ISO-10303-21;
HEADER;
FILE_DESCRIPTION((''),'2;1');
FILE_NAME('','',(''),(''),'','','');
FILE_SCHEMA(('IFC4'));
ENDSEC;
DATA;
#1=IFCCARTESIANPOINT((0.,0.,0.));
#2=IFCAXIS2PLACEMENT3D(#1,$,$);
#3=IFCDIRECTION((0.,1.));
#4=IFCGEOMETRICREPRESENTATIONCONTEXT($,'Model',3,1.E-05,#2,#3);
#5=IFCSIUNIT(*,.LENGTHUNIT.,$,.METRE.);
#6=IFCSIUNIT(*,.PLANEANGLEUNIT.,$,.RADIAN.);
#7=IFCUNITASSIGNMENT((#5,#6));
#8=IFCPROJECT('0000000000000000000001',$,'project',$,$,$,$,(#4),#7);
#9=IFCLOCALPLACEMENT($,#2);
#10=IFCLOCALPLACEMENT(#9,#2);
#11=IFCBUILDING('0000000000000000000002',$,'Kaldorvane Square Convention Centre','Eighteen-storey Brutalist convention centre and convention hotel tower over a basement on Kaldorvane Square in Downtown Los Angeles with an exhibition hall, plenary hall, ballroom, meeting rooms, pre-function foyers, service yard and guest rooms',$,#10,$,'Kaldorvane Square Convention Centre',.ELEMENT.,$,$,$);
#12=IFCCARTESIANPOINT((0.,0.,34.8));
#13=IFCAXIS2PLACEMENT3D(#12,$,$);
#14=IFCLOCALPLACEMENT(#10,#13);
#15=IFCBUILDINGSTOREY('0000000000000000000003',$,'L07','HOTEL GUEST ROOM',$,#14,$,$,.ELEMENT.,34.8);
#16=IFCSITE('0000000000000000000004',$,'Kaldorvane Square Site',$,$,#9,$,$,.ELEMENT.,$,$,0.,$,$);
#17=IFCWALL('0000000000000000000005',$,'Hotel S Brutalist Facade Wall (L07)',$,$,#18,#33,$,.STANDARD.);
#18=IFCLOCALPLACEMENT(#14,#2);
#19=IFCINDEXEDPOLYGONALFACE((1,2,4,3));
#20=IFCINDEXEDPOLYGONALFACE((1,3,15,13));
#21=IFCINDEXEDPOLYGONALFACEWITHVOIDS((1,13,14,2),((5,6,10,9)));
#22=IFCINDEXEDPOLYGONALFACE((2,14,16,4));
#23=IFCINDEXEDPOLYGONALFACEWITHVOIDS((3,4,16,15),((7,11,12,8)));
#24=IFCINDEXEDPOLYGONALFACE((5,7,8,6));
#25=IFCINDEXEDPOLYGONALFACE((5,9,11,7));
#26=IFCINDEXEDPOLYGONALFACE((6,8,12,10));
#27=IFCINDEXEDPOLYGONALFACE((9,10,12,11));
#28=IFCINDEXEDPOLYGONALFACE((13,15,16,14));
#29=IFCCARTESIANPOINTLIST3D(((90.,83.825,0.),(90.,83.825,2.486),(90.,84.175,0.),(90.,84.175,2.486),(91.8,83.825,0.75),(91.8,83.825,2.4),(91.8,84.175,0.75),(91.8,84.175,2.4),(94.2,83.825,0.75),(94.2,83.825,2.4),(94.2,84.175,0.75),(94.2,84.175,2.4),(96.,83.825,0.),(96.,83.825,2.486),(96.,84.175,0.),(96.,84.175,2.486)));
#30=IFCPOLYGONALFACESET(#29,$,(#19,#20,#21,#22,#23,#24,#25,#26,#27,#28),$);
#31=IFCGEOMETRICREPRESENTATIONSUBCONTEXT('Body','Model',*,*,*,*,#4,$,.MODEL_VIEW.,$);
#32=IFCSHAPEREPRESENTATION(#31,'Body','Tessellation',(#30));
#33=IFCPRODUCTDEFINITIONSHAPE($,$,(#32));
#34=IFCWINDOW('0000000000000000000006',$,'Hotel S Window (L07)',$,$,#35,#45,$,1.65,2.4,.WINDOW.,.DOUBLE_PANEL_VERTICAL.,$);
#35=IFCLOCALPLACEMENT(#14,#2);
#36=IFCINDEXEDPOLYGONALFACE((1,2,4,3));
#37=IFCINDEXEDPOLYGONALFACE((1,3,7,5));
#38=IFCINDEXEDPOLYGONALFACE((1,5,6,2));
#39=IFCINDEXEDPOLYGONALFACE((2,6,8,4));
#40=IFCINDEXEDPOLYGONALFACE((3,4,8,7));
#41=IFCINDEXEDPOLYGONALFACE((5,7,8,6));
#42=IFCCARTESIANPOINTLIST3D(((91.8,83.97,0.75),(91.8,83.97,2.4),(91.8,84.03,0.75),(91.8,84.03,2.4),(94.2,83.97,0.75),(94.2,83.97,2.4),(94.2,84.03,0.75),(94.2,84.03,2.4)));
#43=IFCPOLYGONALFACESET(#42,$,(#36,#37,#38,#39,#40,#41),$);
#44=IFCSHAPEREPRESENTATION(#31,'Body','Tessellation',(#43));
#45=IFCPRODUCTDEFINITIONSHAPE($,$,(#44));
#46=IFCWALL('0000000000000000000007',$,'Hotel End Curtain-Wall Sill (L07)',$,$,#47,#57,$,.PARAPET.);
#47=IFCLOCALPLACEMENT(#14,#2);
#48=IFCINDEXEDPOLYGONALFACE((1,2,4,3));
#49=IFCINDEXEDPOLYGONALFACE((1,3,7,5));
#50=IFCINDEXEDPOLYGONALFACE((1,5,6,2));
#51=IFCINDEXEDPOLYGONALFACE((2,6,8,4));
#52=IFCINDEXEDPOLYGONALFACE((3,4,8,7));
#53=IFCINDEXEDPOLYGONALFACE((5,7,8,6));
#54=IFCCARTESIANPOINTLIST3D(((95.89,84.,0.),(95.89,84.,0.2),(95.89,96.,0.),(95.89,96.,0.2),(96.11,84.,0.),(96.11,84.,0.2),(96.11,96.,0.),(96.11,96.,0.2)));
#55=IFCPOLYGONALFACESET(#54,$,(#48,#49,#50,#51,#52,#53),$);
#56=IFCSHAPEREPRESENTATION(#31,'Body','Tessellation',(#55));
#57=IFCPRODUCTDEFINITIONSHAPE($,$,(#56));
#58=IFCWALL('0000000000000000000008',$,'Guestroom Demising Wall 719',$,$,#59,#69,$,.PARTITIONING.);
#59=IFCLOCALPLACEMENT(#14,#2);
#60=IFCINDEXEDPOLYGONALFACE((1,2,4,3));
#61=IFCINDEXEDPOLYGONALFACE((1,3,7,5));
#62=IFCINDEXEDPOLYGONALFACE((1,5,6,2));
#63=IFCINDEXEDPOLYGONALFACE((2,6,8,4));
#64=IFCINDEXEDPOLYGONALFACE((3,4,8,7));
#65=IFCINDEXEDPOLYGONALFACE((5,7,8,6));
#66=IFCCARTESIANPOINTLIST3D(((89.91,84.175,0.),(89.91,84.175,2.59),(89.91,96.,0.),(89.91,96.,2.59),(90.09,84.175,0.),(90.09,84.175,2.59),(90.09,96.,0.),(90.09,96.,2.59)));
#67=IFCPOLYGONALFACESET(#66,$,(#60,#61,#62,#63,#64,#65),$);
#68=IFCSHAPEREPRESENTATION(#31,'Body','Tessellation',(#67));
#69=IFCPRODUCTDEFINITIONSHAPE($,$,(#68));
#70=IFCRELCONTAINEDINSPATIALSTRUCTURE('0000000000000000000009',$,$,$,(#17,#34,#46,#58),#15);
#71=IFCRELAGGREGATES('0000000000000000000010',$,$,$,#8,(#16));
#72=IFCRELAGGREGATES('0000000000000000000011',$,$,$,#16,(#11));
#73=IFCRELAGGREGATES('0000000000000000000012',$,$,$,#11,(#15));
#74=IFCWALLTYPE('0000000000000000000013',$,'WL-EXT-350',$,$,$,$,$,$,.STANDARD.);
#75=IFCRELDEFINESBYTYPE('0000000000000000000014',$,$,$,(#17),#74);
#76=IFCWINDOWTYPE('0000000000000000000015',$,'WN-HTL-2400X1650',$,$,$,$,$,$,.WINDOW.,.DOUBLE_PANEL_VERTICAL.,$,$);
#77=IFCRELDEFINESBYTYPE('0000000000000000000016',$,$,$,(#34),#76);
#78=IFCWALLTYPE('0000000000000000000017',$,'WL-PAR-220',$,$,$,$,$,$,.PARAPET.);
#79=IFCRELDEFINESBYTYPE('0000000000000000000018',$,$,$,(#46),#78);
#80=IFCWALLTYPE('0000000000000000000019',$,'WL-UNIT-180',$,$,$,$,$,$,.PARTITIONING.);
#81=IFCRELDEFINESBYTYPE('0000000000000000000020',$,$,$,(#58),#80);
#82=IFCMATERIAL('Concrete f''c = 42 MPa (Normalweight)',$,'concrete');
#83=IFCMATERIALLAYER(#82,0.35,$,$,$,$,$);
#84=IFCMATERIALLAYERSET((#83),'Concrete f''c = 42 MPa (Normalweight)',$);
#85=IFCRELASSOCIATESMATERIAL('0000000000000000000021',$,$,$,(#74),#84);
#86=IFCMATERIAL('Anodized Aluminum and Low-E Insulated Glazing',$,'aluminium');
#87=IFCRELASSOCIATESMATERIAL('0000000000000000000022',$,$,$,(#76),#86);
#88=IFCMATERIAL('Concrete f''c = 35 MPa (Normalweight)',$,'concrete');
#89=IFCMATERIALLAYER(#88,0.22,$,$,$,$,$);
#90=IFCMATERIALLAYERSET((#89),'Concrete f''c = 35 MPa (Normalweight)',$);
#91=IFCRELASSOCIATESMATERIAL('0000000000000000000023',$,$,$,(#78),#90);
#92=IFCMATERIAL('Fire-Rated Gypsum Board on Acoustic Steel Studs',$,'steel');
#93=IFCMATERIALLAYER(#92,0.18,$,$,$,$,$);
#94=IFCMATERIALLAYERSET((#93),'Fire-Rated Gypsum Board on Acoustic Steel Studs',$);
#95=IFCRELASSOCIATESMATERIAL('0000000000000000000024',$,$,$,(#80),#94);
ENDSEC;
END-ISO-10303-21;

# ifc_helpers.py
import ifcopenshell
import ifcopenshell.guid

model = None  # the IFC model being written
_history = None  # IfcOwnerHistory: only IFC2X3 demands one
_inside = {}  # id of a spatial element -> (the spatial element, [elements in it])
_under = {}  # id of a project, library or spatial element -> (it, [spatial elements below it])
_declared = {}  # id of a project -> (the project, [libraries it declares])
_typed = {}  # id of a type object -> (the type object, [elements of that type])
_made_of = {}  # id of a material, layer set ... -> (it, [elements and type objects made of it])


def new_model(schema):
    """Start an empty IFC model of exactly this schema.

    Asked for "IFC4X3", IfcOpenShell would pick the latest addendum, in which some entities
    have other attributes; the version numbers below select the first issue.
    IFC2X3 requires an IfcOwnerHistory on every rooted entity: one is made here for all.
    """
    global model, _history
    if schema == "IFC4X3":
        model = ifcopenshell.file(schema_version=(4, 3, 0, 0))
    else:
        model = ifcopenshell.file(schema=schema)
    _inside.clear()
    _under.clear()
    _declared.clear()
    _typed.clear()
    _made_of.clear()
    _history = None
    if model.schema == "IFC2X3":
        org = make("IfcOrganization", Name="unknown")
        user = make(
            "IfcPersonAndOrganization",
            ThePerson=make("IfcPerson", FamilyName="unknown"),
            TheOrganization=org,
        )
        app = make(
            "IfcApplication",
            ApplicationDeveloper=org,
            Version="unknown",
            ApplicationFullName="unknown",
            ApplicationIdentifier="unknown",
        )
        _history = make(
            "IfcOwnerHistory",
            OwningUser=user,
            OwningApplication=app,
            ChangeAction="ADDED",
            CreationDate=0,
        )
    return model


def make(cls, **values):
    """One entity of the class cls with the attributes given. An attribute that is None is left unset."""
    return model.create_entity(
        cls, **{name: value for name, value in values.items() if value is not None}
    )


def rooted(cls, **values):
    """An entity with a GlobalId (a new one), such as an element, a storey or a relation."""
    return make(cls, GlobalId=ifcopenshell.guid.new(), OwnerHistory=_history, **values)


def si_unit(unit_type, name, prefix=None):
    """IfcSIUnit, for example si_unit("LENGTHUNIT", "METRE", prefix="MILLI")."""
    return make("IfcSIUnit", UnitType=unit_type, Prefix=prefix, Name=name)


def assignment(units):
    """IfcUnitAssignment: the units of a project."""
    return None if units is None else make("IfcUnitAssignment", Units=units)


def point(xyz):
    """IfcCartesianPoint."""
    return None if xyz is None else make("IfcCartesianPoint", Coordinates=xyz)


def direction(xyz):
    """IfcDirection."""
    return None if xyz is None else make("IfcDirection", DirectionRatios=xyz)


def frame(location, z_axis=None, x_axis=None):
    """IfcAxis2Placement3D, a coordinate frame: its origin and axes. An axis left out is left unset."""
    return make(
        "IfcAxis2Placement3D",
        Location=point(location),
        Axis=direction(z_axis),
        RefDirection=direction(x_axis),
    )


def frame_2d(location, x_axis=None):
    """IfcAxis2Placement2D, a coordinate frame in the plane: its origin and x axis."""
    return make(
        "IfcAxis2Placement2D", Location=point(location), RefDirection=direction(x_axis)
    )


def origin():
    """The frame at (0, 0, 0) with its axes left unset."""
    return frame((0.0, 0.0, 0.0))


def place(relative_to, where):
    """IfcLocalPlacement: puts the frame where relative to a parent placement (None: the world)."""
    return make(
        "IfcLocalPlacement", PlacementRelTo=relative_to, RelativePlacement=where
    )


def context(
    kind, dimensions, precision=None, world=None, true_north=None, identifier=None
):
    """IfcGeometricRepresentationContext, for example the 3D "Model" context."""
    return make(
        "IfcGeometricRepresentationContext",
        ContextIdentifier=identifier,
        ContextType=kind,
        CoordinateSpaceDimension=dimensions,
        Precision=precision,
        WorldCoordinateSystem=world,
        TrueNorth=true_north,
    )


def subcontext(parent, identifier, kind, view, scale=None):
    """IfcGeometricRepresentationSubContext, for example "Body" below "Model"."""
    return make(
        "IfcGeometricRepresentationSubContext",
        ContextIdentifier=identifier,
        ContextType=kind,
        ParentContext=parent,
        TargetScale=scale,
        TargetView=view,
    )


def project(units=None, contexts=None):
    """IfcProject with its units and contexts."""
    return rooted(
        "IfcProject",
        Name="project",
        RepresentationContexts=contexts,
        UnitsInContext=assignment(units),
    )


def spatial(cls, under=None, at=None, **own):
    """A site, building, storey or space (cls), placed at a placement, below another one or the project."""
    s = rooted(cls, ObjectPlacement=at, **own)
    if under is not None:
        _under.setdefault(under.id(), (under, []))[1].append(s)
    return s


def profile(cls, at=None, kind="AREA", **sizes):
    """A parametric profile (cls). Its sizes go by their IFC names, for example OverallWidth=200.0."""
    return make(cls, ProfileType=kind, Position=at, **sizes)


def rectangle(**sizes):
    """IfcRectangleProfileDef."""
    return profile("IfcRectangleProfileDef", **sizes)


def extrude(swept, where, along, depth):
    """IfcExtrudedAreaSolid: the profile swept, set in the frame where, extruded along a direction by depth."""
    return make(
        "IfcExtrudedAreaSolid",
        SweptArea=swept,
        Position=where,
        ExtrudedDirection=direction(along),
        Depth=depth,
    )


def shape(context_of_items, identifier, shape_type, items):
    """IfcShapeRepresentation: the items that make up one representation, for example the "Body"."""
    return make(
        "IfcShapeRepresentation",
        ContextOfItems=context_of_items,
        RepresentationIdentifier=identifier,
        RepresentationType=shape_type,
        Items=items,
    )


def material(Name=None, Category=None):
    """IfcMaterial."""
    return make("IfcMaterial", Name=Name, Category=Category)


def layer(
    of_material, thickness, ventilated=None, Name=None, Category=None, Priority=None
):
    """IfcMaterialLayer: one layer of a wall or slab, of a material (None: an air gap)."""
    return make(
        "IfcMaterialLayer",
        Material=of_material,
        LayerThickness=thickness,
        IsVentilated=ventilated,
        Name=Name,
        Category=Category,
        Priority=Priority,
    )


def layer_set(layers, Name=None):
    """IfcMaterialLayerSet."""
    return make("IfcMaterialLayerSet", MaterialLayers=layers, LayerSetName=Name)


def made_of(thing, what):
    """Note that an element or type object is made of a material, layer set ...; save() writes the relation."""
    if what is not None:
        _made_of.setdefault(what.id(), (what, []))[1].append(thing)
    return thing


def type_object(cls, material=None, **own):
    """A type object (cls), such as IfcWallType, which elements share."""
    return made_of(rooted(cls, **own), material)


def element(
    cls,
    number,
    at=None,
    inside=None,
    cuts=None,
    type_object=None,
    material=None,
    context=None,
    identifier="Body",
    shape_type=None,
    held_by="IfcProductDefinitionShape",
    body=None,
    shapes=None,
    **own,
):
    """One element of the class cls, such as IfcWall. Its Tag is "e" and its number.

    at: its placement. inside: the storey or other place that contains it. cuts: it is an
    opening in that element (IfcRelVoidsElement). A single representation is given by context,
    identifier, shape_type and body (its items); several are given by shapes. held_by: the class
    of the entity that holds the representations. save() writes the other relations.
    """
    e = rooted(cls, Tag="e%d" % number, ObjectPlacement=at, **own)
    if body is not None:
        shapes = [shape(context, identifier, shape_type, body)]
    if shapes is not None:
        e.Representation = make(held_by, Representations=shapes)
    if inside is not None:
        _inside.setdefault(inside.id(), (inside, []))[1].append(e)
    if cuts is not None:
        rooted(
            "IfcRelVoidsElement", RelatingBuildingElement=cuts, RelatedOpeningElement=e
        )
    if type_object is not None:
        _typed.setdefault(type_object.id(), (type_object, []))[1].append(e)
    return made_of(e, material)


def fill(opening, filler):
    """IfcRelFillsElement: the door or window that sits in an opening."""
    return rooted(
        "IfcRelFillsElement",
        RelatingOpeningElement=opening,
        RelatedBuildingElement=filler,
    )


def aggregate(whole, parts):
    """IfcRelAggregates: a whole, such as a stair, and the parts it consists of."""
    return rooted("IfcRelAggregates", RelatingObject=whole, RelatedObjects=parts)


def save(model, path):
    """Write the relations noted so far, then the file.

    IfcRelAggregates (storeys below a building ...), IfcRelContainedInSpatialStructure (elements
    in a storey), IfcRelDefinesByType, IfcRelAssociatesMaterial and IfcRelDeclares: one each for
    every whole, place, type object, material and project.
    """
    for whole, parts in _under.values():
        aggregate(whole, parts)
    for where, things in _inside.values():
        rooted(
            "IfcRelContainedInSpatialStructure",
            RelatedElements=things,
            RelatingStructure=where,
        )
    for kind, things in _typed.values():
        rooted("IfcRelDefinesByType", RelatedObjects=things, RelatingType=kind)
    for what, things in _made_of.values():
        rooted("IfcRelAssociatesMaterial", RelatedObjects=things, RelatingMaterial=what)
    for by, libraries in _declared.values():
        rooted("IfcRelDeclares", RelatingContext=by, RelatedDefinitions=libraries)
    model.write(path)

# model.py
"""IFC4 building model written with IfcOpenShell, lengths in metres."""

from ifc_helpers import new_model, si_unit, direction, frame, frame_2d, origin, place, context, subcontext, project, spatial, rectangle, extrude, material, layer, layer_set, type_object, element, fill, save


model = new_model("IFC4")

# Units and contexts
model_context = context("Model", 3, precision=1e-05, world=origin(), true_north=direction((0.0, 1.0)))
body_context = subcontext(model_context, "Body", "Model", "MODEL_VIEW")
ifc_project = project(units=[si_unit("LENGTHUNIT", "METRE"), si_unit("PLANEANGLEUNIT", "RADIAN")], contexts=[model_context])

# Site, building, storey
site_placement = place(None, origin())
site = spatial("IfcSite", under=ifc_project, at=site_placement, Name="Kaldorvane Square Site", CompositionType="ELEMENT", RefElevation=0.0)
building_placement = place(site_placement, origin())
building = spatial("IfcBuilding", under=site, at=building_placement, Name="Kaldorvane Square Convention Centre", Description="Eighteen-storey Brutalist convention centre and convention hotel tower over a basement on Kaldorvane Square in Downtown Los Angeles with an exhibition hall, plenary hall, ballroom, meeting rooms, pre-function foyers, service yard and guest rooms", LongName="Kaldorvane Square Convention Centre", CompositionType="ELEMENT")
storey_placement = place(building_placement, frame((0.0, 0.0, 34.8)))
storey = spatial("IfcBuildingStorey", under=building, at=storey_placement, Name="L07", Description="HOTEL GUEST ROOM", CompositionType="ELEMENT", Elevation=34.8)

# Shared definitions
ifc_material_1 = material(Name="Concrete f'c = 42 MPa (Normalweight)", Category="concrete")

# Shared definitions
ifc_material_2 = material(Name="Anodized Aluminum and Low-E Insulated Glazing", Category="aluminium")

# Wall, opening, window
ifc_layer_1 = layer(ifc_material_1, 0.35)
ifc_layer_set_1 = layer_set([ifc_layer_1], Name="Concrete f'c = 42 MPa (Normalweight)")
wall_type_1 = type_object("IfcWallType", Name="WL-EXT-350", PredefinedType="STANDARD", material=ifc_layer_set_1)
wall_1_placement = place(storey_placement, frame((90.0, 84.0, 0.0), z_axis=(0.0, 0.0, 1.0), x_axis=(1.0, 0.0, 0.0)))
wall_1 = element("IfcWall", 1, at=wall_1_placement, inside=storey, type_object=wall_type_1, Name="Hotel S Brutalist Facade Wall (L07)", PredefinedType="STANDARD", context=body_context, shape_type="SweptSolid", body=[
    extrude(rectangle(XDim=6.0, YDim=0.35, at=frame_2d((3.0, 0.0))), origin(), (0.0, 0.0, 1.0), 2.486),
])
opening_placement = place(wall_1_placement, frame((1.8, 0.0, 0.75)))
opening = element("IfcOpeningElement", 2, at=opening_placement, cuts=wall_1, PredefinedType="OPENING", context=body_context, shape_type="SweptSolid", body=[
    extrude(rectangle(XDim=2.4, YDim=1.65, at=frame_2d((1.2, 0.825))), frame((0.0, 0.19, 0.0), z_axis=(0.0, -1.0, 0.0), x_axis=(1.0, 0.0, 0.0)), (0.0, 0.0, 1.0), 0.38),
])
window_type = type_object("IfcWindowType", Name="WN-HTL-2400X1650", PartitioningType="DOUBLE_PANEL_VERTICAL", PredefinedType="WINDOW", material=ifc_material_2)
window_placement = place(opening_placement, origin())
window = element("IfcWindow", 3, at=window_placement, inside=storey, type_object=window_type, Name="Hotel S Window (L07)", OverallHeight=1.65, OverallWidth=2.4, PartitioningType="DOUBLE_PANEL_VERTICAL", PredefinedType="WINDOW", context=body_context, shape_type="SweptSolid", body=[
    extrude(rectangle(XDim=2.4, YDim=1.65, at=frame_2d((1.2, 0.825))), frame((0.0, 0.03, 0.0), z_axis=(0.0, -1.0, 0.0), x_axis=(1.0, 0.0, 0.0)), (0.0, 0.0, 1.0), 0.06),
])
fill(opening, window)

# Walls
ifc_material_3 = material(Name="Concrete f'c = 35 MPa (Normalweight)", Category="concrete")
ifc_layer_2 = layer(ifc_material_3, 0.22)
ifc_layer_set_2 = layer_set([ifc_layer_2], Name="Concrete f'c = 35 MPa (Normalweight)")
wall_type_2 = type_object("IfcWallType", Name="WL-PAR-220", PredefinedType="PARAPET", material=ifc_layer_set_2)
wall_2_placement = place(storey_placement, frame((96.0, 84.0, 0.0), z_axis=(0.0, 0.0, 1.0), x_axis=(0.0, 1.0, 0.0)))
element("IfcWall", 4, at=wall_2_placement, inside=storey, type_object=wall_type_2, Name="Hotel End Curtain-Wall Sill (L07)", PredefinedType="PARAPET", context=body_context, shape_type="SweptSolid", body=[
    extrude(rectangle(XDim=12.0, YDim=0.22, at=frame_2d((6.0, 0.0))), origin(), (0.0, 0.0, 1.0), 0.2),
])
ifc_material_4 = material(Name="Fire-Rated Gypsum Board on Acoustic Steel Studs", Category="steel")
ifc_layer_3 = layer(ifc_material_4, 0.18)
ifc_layer_set_3 = layer_set([ifc_layer_3], Name="Fire-Rated Gypsum Board on Acoustic Steel Studs")
wall_type_3 = type_object("IfcWallType", Name="WL-UNIT-180", PredefinedType="PARTITIONING", material=ifc_layer_set_3)
wall_3_placement = place(storey_placement, frame((90.0, 84.175, 0.0), z_axis=(0.0, 0.0, 1.0), x_axis=(0.0, 1.0, 0.0)))
element("IfcWall", 5, at=wall_3_placement, inside=storey, type_object=wall_type_3, Name="Guestroom Demising Wall 719", PredefinedType="PARTITIONING", context=body_context, shape_type="SweptSolid", body=[
    extrude(rectangle(XDim=11.825, YDim=0.18, at=frame_2d((5.9125, 0.0))), origin(), (0.0, 0.0, 1.0), 2.59),
])

save(model, "model.ifc")
